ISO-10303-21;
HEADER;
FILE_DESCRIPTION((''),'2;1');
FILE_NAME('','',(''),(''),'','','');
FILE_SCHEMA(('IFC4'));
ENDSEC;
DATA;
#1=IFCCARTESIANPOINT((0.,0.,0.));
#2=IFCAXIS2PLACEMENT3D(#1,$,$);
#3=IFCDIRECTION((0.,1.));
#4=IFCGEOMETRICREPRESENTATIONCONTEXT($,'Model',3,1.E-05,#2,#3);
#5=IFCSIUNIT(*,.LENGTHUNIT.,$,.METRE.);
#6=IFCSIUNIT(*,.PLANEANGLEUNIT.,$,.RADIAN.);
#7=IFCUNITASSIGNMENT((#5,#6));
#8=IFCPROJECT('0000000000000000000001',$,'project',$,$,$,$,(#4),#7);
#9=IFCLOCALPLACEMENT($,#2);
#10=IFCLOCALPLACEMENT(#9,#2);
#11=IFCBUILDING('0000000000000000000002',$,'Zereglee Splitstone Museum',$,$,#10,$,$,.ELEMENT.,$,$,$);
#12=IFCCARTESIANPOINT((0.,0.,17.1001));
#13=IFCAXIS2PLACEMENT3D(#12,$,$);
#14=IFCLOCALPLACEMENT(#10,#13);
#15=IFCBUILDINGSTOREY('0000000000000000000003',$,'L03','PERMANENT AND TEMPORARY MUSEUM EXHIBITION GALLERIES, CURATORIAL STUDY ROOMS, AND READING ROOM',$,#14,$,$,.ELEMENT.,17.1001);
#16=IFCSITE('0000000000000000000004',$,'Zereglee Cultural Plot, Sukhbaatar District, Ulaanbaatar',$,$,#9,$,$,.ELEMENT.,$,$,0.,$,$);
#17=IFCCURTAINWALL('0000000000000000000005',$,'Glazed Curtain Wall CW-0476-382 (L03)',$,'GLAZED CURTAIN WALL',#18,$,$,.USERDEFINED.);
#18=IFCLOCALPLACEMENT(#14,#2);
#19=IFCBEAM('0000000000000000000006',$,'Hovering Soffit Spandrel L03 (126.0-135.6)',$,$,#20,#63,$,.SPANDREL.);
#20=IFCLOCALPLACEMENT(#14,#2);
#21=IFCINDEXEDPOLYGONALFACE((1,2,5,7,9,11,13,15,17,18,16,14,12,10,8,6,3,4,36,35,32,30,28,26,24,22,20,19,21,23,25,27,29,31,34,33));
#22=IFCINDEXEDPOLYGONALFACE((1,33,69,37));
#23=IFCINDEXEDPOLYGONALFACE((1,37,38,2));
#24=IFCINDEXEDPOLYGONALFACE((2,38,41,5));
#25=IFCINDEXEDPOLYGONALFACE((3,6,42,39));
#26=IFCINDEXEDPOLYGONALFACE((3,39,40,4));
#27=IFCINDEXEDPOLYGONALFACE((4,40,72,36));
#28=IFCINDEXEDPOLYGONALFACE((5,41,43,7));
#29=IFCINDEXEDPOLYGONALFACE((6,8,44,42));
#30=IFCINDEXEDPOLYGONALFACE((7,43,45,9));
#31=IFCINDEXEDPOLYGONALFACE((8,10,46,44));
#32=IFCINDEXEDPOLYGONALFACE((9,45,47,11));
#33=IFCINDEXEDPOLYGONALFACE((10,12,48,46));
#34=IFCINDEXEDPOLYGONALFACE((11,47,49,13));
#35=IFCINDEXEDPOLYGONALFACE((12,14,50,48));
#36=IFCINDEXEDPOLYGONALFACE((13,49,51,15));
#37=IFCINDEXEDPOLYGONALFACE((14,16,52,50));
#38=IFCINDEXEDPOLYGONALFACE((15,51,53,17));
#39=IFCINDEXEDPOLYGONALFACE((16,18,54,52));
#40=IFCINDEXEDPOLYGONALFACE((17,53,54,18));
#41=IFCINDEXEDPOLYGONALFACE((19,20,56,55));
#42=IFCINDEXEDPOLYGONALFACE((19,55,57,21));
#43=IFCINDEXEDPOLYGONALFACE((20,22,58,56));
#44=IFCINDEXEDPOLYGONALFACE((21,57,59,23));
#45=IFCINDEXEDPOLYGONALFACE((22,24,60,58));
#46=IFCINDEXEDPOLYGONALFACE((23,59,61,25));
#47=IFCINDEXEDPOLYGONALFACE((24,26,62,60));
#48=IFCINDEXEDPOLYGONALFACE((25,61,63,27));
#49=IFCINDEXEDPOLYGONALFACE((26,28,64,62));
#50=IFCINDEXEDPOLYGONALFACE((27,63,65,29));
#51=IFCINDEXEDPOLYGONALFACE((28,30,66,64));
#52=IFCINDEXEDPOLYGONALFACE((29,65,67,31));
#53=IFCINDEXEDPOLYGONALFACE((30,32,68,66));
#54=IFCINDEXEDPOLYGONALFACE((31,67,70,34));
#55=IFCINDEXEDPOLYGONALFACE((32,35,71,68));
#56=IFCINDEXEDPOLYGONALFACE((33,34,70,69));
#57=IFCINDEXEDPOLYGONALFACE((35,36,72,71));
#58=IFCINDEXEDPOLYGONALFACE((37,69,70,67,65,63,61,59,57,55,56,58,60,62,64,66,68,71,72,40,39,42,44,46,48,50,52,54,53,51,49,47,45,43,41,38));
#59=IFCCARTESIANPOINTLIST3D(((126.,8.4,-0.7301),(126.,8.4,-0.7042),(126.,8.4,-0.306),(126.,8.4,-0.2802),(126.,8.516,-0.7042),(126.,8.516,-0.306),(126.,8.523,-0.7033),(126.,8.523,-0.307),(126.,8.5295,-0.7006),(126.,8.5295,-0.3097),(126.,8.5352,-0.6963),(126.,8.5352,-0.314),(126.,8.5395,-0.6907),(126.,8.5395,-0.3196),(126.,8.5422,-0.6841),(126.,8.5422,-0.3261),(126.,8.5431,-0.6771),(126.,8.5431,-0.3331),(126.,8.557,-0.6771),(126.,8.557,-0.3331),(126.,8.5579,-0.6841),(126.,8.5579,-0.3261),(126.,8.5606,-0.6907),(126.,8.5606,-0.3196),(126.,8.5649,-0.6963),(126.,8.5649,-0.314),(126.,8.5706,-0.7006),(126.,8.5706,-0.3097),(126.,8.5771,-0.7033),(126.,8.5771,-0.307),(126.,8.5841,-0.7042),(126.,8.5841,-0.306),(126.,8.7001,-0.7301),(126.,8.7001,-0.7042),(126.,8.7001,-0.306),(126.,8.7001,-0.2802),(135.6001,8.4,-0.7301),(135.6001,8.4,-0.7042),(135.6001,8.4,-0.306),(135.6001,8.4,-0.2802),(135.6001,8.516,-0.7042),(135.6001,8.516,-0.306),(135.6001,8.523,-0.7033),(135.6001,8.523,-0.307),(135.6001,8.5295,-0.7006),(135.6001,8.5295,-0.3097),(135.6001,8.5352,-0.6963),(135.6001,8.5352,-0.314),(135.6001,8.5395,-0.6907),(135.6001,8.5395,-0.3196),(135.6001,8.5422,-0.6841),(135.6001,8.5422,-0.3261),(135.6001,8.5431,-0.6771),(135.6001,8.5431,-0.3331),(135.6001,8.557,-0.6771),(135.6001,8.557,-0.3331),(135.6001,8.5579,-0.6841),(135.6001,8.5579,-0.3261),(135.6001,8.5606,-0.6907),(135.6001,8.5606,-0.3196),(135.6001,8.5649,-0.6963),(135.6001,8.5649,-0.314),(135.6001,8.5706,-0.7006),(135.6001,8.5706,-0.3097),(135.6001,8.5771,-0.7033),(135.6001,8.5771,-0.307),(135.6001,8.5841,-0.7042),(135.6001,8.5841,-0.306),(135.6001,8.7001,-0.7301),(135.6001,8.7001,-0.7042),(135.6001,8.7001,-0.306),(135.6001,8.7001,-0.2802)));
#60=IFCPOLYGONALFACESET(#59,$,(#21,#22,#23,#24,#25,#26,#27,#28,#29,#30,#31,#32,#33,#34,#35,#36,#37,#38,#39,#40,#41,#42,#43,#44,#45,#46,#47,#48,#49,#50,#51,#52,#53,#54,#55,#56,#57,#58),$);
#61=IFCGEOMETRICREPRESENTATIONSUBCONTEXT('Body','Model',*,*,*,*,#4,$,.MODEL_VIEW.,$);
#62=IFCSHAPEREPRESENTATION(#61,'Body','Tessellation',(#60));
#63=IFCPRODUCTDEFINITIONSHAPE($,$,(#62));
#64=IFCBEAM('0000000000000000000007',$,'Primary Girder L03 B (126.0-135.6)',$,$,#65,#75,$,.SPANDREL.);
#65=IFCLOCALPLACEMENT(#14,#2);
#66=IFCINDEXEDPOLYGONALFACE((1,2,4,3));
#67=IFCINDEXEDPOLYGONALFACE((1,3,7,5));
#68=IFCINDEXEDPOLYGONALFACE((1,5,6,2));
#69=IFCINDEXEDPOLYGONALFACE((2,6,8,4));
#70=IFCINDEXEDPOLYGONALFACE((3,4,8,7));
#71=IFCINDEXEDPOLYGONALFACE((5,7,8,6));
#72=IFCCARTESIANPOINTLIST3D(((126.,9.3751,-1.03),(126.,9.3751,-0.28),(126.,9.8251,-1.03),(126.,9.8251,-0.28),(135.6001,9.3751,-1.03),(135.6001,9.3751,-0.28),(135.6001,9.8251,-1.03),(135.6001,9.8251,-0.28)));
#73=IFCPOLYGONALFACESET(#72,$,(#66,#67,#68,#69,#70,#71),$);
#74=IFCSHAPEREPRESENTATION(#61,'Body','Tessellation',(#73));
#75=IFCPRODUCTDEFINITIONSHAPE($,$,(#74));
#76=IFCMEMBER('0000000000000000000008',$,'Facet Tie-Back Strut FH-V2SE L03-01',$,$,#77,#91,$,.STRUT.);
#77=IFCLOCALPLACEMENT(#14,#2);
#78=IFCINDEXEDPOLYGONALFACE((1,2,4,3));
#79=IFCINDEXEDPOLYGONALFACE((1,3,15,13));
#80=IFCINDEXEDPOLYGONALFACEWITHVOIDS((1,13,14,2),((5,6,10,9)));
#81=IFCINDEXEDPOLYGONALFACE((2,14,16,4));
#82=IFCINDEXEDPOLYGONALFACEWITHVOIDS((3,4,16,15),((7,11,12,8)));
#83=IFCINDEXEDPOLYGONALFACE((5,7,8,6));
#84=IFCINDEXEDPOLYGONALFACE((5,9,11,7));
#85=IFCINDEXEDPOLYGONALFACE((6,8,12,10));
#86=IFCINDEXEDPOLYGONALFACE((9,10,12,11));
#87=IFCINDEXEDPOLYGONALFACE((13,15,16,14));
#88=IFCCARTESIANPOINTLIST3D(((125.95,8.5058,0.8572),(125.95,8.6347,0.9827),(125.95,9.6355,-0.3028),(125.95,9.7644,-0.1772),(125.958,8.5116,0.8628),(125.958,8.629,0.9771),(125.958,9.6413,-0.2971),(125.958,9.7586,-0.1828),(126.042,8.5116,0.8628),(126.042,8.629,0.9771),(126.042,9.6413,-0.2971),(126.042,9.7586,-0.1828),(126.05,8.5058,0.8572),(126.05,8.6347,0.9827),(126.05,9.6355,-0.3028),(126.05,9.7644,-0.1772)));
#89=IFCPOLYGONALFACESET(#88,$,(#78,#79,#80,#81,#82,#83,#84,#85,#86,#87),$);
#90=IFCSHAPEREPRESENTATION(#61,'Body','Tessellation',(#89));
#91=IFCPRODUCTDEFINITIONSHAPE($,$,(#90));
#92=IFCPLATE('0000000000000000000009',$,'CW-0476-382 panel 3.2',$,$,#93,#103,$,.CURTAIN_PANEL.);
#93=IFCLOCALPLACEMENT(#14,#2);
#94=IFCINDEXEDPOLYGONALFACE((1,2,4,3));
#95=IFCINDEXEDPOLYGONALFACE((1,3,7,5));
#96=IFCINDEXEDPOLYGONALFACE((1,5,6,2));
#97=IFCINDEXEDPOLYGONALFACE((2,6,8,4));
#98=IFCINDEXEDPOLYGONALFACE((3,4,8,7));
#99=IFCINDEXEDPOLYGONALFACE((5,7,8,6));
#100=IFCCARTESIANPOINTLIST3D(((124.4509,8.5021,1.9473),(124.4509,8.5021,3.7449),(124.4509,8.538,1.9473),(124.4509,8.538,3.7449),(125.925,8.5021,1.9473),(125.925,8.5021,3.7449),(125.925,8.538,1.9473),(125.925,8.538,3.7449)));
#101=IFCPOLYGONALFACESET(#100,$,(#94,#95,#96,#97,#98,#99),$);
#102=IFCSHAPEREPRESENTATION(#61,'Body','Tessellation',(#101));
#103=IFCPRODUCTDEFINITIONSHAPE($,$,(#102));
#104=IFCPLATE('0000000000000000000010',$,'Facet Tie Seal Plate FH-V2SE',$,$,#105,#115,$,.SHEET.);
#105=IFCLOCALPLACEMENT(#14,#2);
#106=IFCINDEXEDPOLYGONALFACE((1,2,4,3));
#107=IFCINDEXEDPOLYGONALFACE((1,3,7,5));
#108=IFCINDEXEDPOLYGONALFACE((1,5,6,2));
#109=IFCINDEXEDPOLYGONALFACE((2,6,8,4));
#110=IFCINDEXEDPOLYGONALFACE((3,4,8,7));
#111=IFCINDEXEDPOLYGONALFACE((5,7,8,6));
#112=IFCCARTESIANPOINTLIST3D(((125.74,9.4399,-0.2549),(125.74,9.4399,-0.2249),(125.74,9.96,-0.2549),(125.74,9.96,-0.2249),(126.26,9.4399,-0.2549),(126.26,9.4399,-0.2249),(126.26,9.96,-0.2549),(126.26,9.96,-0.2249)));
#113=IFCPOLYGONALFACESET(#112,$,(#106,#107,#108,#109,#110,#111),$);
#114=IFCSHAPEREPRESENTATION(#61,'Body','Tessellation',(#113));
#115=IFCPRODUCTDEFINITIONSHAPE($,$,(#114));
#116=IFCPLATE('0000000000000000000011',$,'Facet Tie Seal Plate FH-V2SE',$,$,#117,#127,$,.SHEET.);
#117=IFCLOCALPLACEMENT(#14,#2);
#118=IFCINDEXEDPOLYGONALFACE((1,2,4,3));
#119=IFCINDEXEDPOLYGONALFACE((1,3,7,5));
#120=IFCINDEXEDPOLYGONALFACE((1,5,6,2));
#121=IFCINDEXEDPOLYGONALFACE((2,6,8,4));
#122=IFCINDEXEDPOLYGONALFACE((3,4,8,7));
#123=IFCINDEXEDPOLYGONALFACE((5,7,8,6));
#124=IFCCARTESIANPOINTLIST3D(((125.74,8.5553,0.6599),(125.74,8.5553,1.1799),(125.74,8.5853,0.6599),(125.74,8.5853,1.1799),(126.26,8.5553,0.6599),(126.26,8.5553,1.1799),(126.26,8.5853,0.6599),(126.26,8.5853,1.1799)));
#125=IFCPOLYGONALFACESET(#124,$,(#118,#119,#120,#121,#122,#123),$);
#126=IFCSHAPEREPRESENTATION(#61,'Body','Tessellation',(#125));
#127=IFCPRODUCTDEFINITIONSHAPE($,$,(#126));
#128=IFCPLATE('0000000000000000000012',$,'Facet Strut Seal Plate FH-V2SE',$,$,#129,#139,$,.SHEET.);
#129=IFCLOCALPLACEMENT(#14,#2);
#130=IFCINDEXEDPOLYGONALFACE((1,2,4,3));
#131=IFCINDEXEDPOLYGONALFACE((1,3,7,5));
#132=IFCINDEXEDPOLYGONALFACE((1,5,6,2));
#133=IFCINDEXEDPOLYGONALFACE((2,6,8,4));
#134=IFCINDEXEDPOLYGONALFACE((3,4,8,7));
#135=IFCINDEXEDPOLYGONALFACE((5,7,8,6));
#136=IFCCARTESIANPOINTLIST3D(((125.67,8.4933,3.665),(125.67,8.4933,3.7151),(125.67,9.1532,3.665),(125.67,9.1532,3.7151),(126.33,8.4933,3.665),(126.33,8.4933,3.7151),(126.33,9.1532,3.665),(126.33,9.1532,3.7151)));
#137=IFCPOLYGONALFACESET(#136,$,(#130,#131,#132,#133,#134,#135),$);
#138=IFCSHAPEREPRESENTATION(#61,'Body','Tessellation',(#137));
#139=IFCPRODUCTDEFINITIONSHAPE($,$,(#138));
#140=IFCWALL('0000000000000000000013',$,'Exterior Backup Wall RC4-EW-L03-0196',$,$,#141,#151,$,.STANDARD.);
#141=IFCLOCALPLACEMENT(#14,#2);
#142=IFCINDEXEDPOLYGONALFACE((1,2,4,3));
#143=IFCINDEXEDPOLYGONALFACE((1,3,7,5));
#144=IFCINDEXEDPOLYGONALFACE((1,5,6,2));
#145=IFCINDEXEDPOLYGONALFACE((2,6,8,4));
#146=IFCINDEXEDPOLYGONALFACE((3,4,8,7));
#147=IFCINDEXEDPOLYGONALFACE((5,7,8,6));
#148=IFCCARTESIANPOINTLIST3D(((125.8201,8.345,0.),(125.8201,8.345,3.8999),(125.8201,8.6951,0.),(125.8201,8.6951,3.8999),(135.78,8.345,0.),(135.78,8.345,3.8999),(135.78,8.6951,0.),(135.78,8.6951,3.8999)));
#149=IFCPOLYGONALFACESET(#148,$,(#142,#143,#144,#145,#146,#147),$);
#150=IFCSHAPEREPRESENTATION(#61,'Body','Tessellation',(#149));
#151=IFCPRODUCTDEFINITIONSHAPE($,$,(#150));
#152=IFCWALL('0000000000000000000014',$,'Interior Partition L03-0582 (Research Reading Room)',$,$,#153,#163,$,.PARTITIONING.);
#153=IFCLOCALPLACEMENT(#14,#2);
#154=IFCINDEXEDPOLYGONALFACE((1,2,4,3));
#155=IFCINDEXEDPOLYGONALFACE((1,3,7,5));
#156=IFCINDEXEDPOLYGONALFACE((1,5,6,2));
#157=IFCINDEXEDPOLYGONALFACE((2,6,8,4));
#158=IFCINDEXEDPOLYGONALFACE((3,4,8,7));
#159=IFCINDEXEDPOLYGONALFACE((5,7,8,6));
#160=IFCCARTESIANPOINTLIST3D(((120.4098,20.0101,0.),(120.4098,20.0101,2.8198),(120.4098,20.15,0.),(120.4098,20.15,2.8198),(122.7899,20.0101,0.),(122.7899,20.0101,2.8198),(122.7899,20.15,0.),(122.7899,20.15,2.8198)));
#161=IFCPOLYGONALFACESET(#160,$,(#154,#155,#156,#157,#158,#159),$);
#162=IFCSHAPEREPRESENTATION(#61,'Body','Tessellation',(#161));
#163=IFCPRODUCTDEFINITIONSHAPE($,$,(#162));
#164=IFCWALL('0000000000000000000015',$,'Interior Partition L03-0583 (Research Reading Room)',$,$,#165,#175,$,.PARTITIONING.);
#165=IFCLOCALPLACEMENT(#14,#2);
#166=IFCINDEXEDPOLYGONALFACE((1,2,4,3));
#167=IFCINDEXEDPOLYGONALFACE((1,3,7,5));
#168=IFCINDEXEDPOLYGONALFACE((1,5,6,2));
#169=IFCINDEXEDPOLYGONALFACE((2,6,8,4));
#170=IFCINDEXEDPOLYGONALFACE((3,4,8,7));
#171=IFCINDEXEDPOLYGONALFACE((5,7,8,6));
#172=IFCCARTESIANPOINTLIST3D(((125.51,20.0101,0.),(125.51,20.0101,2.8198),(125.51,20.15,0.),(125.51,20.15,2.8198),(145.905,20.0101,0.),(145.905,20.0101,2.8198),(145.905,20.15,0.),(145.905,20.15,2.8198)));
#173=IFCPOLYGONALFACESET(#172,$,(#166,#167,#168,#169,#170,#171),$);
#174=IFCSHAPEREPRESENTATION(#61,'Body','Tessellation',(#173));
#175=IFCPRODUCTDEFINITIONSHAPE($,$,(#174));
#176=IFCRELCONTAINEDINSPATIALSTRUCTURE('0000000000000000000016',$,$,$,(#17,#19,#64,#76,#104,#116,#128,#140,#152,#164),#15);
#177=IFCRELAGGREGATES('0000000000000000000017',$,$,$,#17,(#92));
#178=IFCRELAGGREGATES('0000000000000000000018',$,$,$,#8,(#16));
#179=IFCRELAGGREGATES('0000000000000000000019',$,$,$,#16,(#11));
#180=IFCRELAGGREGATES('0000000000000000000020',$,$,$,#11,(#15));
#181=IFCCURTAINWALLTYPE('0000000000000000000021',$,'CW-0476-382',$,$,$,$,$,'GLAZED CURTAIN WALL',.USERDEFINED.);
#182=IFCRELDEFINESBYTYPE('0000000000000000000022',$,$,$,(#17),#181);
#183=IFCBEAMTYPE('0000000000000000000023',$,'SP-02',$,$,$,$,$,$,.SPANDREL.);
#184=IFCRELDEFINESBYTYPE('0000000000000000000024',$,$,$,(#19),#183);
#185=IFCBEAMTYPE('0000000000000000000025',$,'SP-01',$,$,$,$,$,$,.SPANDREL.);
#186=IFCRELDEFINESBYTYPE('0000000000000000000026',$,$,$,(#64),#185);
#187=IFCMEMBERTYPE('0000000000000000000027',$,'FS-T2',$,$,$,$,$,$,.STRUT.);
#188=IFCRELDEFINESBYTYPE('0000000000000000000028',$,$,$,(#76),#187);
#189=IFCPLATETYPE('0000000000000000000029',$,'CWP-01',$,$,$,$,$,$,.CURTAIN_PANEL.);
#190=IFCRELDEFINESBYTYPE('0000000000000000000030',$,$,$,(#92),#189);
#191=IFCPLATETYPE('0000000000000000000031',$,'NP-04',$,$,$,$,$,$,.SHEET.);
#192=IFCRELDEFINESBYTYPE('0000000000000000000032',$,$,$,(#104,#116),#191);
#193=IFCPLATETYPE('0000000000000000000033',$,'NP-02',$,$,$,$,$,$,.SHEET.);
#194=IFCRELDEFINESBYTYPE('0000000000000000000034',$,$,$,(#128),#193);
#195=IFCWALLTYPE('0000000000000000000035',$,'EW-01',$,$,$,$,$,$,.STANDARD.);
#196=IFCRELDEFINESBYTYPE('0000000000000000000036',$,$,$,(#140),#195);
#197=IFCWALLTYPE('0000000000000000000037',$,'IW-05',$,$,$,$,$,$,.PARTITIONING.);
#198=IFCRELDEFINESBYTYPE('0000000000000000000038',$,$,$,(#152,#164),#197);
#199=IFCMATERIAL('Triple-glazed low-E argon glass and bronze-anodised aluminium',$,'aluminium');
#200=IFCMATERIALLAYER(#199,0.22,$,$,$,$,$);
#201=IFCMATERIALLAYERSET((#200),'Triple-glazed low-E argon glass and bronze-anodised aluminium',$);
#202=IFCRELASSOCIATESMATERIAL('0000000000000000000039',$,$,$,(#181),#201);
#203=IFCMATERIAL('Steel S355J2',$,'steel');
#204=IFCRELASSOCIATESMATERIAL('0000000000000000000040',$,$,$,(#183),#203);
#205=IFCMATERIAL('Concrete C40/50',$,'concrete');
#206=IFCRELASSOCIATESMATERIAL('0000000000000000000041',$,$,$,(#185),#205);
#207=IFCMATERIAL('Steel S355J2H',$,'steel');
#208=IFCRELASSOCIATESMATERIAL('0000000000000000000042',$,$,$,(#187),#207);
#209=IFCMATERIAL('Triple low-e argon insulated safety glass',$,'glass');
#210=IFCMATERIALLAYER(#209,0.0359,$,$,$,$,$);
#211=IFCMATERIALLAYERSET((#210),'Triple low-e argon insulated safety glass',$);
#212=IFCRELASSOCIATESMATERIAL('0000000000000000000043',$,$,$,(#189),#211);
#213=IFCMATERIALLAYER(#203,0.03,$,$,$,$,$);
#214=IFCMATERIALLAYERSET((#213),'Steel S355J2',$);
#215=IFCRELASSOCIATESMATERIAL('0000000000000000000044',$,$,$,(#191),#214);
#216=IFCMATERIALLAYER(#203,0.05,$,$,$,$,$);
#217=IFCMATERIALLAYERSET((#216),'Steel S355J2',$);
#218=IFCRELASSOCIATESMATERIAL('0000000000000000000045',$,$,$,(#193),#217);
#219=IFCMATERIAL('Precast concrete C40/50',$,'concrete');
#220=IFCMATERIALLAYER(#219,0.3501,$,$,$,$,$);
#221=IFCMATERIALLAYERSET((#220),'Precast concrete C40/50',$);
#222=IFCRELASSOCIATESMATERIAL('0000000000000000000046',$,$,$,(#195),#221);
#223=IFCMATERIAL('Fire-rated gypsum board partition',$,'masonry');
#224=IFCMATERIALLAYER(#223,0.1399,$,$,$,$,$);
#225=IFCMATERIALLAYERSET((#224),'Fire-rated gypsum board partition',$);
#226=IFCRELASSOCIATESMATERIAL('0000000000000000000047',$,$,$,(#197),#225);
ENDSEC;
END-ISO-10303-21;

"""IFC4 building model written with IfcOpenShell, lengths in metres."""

from ifc_helpers import new_model, si_unit, direction, frame, frame_2d, origin, origin_2d, place, context, subcontext, project, spatial, rectangle, hollow_rectangle, i_section, extrude, material, layer, layer_set, material_profile, profile_set, type_object, element, aggregate, save


model = new_model("IFC4")

# Units and contexts
model_context = context("Model", 3, precision=1e-05, world=origin(), true_north=direction((0.0, 1.0)))
body_context = subcontext(model_context, "Body", "Model", "MODEL_VIEW")
ifc_project = project(units=[si_unit("LENGTHUNIT", "METRE"), si_unit("PLANEANGLEUNIT", "RADIAN")], contexts=[model_context])

# Site, building, storey
site_placement = place(None, origin())
site = spatial("IfcSite", under=ifc_project, at=site_placement, Name="Zereglee Cultural Plot, Sukhbaatar District, Ulaanbaatar", CompositionType="ELEMENT", RefElevation=0.0)
building_placement = place(site_placement, origin())
building = spatial("IfcBuilding", under=site, at=building_placement, Name="Zereglee Splitstone Museum", CompositionType="ELEMENT")
storey_placement = place(building_placement, frame((0.0, 0.0, 17.1001)))
storey = spatial("IfcBuildingStorey", under=building, at=storey_placement, Name="L03", Description="PERMANENT AND TEMPORARY MUSEUM EXHIBITION GALLERIES, CURATORIAL STUDY ROOMS, AND READING ROOM", CompositionType="ELEMENT", Elevation=17.1001)

# Shared definitions
ifc_material_1 = material(Name="Steel S355J2H", Category="steel")

# Shared definitions
ifc_material_2 = material(Name="Concrete C40/50", Category="concrete")

# Curtain wall
ifc_material_3 = material(Name="Triple-glazed low-E argon glass and bronze-anodised aluminium", Category="aluminium")
ifc_layer_1 = layer(ifc_material_3, 0.22)
ifc_layer_set_1 = layer_set([ifc_layer_1], Name="Triple-glazed low-E argon glass and bronze-anodised aluminium")
curtain_wall_type = type_object("IfcCurtainWallType", Name="CW-0476-382", ElementType="GLAZED CURTAIN WALL", PredefinedType="USERDEFINED", material=ifc_layer_set_1)
curtain_wall_placement = place(storey_placement, origin())
curtain_wall = element("IfcCurtainWall", 1, at=curtain_wall_placement, inside=storey, type_object=curtain_wall_type, Name="Glazed Curtain Wall CW-0476-382 (L03)", ObjectType="GLAZED CURTAIN WALL", PredefinedType="USERDEFINED")

# Beams
ifc_material_4 = material(Name="Steel S355J2", Category="steel")
ifc_material_profile_1 = material_profile(ifc_material_4, i_section(OverallWidth=0.3, OverallDepth=0.45, WebThickness=0.0139, FlangeThickness=0.0259, FilletRadius=0.0271, at=origin_2d()), Name="HE 450 B")
ifc_profile_set_1 = profile_set([ifc_material_profile_1], Name="Steel S355J2")
beam_type_1 = type_object("IfcBeamType", Name="SP-02", PredefinedType="SPANDREL", material=ifc_profile_set_1)
beam_1_placement = place(storey_placement, frame((126.0, 8.55, -0.5051), z_axis=(1.0, 0.0, 0.0), x_axis=(0.0, 1.0, 0.0)))
element("IfcBeam", 2, at=beam_1_placement, inside=storey, type_object=beam_type_1, Name="Hovering Soffit Spandrel L03 (126.0-135.6)", PredefinedType="SPANDREL", context=body_context, shape_type="SweptSolid", body=[
    extrude(i_section(OverallWidth=0.3, OverallDepth=0.45, WebThickness=0.0139, FlangeThickness=0.0259, FilletRadius=0.0271, at=origin_2d()), origin(), (0.0, 0.0, 1.0), 9.6001),
])
ifc_material_profile_2 = material_profile(ifc_material_2, rectangle(XDim=0.45, YDim=0.75, at=origin_2d()), Name="RC 450x750")
ifc_profile_set_2 = profile_set([ifc_material_profile_2], Name="Concrete C40/50")
beam_type_2 = type_object("IfcBeamType", Name="SP-01", PredefinedType="SPANDREL", material=ifc_profile_set_2)
beam_2_placement = place(storey_placement, frame((126.0, 9.6001, -0.655), z_axis=(1.0, 0.0, 0.0), x_axis=(0.0, 1.0, 0.0)))
element("IfcBeam", 3, at=beam_2_placement, inside=storey, type_object=beam_type_2, Name="Primary Girder L03 B (126.0-135.6)", PredefinedType="SPANDREL", context=body_context, shape_type="SweptSolid", body=[
    extrude(rectangle(XDim=0.45, YDim=0.75, at=origin_2d()), origin(), (0.0, 0.0, 1.0), 9.6001),
])

# Member
ifc_material_profile_3 = material_profile(ifc_material_1, hollow_rectangle(XDim=0.1001, YDim=0.1799, WallThickness=0.0081, at=origin_2d()), Name="RHS 180x100x8")
ifc_profile_set_3 = profile_set([ifc_material_profile_3], Name="Steel S355J2H")
member_type_1 = type_object("IfcMemberType", Name="FS-T2", PredefinedType="STRUT", material=ifc_profile_set_3)
member_1_placement = place(storey_placement, frame((126.0, 9.7, -0.24), z_axis=(0.0, -0.697696, 0.716394), x_axis=(1.0, 0.0, 0.0)))
element("IfcMember", 4, at=member_1_placement, inside=storey, type_object=member_type_1, Name="Facet Tie-Back Strut FH-V2SE L03-01", PredefinedType="STRUT", context=body_context, shape_type="SweptSolid", body=[
    extrude(hollow_rectangle(XDim=0.1001, YDim=0.1799, WallThickness=0.0081, at=origin_2d()), origin(), (0.0, 0.0, 1.0), 1.6191),
])

# Plate
ifc_material_5 = material(Name="Triple low-e argon insulated safety glass", Category="glass")
ifc_layer_2 = layer(ifc_material_5, 0.0359)
ifc_layer_set_2 = layer_set([ifc_layer_2], Name="Triple low-e argon insulated safety glass")
plate_type_1 = type_object("IfcPlateType", Name="CWP-01", PredefinedType="CURTAIN_PANEL", material=ifc_layer_set_2)
plate_1_placement = place(storey_placement, frame((125.188, 8.52, 1.9473), z_axis=(0.0, 0.0, 1.0), x_axis=(1.0, 0.0, 0.0)))
plate_1 = element("IfcPlate", 5, at=plate_1_placement, type_object=plate_type_1, Name="CW-0476-382 panel 3.2", PredefinedType="CURTAIN_PANEL", context=body_context, shape_type="SweptSolid", body=[
    extrude(rectangle(XDim=1.4741, YDim=0.0359, at=origin_2d()), origin(), (0.0, 0.0, 1.0), 1.7976),
])
aggregate(curtain_wall, [plate_1])

# Plates
ifc_layer_3 = layer(ifc_material_4, 0.03)
ifc_layer_set_3 = layer_set([ifc_layer_3], Name="Steel S355J2")
plate_type_2 = type_object("IfcPlateType", Name="NP-04", PredefinedType="SHEET", material=ifc_layer_set_3)
plate_2_placement = place(storey_placement, frame((126.0, 9.7, -0.2549), z_axis=(0.0, 0.0, 1.0), x_axis=(1.0, 0.0, 0.0)))
element("IfcPlate", 6, at=plate_2_placement, inside=storey, type_object=plate_type_2, Name="Facet Tie Seal Plate FH-V2SE", PredefinedType="SHEET", context=body_context, shape_type="SweptSolid", body=[
    extrude(rectangle(XDim=0.52, YDim=0.52, at=origin_2d()), origin(), (0.0, 0.0, 1.0), 0.03),
])
plate_3_placement = place(storey_placement, frame((126.0, 8.5703, 0.6599), z_axis=(0.0, 0.0, 1.0), x_axis=(1.0, 0.0, 0.0)))
element("IfcPlate", 7, at=plate_3_placement, inside=storey, type_object=plate_type_2, Name="Facet Tie Seal Plate FH-V2SE", PredefinedType="SHEET", context=body_context, shape_type="SweptSolid", body=[
    extrude(rectangle(XDim=0.52, YDim=0.03, at=origin_2d()), origin(), (0.0, 0.0, 1.0), 0.52),
])
ifc_layer_4 = layer(ifc_material_4, 0.05)
ifc_layer_set_4 = layer_set([ifc_layer_4], Name="Steel S355J2")
plate_type_3 = type_object("IfcPlateType", Name="NP-02", PredefinedType="SHEET", material=ifc_layer_set_4)
plate_4_placement = place(storey_placement, frame((126.0, 8.8232, 3.665), z_axis=(0.0, 0.0, 1.0), x_axis=(1.0, 0.0, 0.0)))
element("IfcPlate", 8, at=plate_4_placement, inside=storey, type_object=plate_type_3, Name="Facet Strut Seal Plate FH-V2SE", PredefinedType="SHEET", context=body_context, shape_type="SweptSolid", body=[
    extrude(rectangle(XDim=0.6599, YDim=0.6599, at=origin_2d()), origin(), (0.0, 0.0, 1.0), 0.05),
])

# Walls
ifc_material_6 = material(Name="Precast concrete C40/50", Category="concrete")
ifc_layer_5 = layer(ifc_material_6, 0.3501)
ifc_layer_set_5 = layer_set([ifc_layer_5], Name="Precast concrete C40/50")
wall_type_1 = type_object("IfcWallType", Name="EW-01", PredefinedType="STANDARD", material=ifc_layer_set_5)
wall_1_placement = place(storey_placement, frame((125.8201, 8.52, 0.0), z_axis=(0.0, 0.0, 1.0), x_axis=(1.0, 0.0, 0.0)))
element("IfcWall", 9, at=wall_1_placement, inside=storey, type_object=wall_type_1, Name="Exterior Backup Wall RC4-EW-L03-0196", PredefinedType="STANDARD", context=body_context, shape_type="SweptSolid", body=[
    extrude(rectangle(XDim=9.96, YDim=0.3501, at=frame_2d((4.98, 0.0))), origin(), (0.0, 0.0, 1.0), 3.8999),
])
ifc_material_7 = material(Name="Fire-rated gypsum board partition", Category="masonry")
ifc_layer_6 = layer(ifc_material_7, 0.1399)
ifc_layer_set_6 = layer_set([ifc_layer_6], Name="Fire-rated gypsum board partition")
wall_type_2 = type_object("IfcWallType", Name="IW-05", PredefinedType="PARTITIONING", material=ifc_layer_set_6)
wall_2_placement = place(storey_placement, frame((120.4099, 20.0801, 0.0), z_axis=(0.0, 0.0, 1.0), x_axis=(1.0, 0.0, 0.0)))
element("IfcWall", 10, at=wall_2_placement, inside=storey, type_object=wall_type_2, Name="Interior Partition L03-0582 (Research Reading Room)", PredefinedType="PARTITIONING", context=body_context, shape_type="SweptSolid", body=[
    extrude(rectangle(XDim=2.3801, YDim=0.1399, at=frame_2d((1.1899, 0.0))), origin(), (0.0, 0.0, 1.0), 2.8198),
])
wall_3_placement = place(storey_placement, frame((125.51, 20.0801, 0.0), z_axis=(0.0, 0.0, 1.0), x_axis=(1.0, 0.0, 0.0)))
element("IfcWall", 11, at=wall_3_placement, inside=storey, type_object=wall_type_2, Name="Interior Partition L03-0583 (Research Reading Room)", PredefinedType="PARTITIONING", context=body_context, shape_type="SweptSolid", body=[
    extrude(rectangle(XDim=20.395, YDim=0.1399, at=frame_2d((10.1975, 0.0))), origin(), (0.0, 0.0, 1.0), 2.8198),
])

save(model, "model.ifc")
